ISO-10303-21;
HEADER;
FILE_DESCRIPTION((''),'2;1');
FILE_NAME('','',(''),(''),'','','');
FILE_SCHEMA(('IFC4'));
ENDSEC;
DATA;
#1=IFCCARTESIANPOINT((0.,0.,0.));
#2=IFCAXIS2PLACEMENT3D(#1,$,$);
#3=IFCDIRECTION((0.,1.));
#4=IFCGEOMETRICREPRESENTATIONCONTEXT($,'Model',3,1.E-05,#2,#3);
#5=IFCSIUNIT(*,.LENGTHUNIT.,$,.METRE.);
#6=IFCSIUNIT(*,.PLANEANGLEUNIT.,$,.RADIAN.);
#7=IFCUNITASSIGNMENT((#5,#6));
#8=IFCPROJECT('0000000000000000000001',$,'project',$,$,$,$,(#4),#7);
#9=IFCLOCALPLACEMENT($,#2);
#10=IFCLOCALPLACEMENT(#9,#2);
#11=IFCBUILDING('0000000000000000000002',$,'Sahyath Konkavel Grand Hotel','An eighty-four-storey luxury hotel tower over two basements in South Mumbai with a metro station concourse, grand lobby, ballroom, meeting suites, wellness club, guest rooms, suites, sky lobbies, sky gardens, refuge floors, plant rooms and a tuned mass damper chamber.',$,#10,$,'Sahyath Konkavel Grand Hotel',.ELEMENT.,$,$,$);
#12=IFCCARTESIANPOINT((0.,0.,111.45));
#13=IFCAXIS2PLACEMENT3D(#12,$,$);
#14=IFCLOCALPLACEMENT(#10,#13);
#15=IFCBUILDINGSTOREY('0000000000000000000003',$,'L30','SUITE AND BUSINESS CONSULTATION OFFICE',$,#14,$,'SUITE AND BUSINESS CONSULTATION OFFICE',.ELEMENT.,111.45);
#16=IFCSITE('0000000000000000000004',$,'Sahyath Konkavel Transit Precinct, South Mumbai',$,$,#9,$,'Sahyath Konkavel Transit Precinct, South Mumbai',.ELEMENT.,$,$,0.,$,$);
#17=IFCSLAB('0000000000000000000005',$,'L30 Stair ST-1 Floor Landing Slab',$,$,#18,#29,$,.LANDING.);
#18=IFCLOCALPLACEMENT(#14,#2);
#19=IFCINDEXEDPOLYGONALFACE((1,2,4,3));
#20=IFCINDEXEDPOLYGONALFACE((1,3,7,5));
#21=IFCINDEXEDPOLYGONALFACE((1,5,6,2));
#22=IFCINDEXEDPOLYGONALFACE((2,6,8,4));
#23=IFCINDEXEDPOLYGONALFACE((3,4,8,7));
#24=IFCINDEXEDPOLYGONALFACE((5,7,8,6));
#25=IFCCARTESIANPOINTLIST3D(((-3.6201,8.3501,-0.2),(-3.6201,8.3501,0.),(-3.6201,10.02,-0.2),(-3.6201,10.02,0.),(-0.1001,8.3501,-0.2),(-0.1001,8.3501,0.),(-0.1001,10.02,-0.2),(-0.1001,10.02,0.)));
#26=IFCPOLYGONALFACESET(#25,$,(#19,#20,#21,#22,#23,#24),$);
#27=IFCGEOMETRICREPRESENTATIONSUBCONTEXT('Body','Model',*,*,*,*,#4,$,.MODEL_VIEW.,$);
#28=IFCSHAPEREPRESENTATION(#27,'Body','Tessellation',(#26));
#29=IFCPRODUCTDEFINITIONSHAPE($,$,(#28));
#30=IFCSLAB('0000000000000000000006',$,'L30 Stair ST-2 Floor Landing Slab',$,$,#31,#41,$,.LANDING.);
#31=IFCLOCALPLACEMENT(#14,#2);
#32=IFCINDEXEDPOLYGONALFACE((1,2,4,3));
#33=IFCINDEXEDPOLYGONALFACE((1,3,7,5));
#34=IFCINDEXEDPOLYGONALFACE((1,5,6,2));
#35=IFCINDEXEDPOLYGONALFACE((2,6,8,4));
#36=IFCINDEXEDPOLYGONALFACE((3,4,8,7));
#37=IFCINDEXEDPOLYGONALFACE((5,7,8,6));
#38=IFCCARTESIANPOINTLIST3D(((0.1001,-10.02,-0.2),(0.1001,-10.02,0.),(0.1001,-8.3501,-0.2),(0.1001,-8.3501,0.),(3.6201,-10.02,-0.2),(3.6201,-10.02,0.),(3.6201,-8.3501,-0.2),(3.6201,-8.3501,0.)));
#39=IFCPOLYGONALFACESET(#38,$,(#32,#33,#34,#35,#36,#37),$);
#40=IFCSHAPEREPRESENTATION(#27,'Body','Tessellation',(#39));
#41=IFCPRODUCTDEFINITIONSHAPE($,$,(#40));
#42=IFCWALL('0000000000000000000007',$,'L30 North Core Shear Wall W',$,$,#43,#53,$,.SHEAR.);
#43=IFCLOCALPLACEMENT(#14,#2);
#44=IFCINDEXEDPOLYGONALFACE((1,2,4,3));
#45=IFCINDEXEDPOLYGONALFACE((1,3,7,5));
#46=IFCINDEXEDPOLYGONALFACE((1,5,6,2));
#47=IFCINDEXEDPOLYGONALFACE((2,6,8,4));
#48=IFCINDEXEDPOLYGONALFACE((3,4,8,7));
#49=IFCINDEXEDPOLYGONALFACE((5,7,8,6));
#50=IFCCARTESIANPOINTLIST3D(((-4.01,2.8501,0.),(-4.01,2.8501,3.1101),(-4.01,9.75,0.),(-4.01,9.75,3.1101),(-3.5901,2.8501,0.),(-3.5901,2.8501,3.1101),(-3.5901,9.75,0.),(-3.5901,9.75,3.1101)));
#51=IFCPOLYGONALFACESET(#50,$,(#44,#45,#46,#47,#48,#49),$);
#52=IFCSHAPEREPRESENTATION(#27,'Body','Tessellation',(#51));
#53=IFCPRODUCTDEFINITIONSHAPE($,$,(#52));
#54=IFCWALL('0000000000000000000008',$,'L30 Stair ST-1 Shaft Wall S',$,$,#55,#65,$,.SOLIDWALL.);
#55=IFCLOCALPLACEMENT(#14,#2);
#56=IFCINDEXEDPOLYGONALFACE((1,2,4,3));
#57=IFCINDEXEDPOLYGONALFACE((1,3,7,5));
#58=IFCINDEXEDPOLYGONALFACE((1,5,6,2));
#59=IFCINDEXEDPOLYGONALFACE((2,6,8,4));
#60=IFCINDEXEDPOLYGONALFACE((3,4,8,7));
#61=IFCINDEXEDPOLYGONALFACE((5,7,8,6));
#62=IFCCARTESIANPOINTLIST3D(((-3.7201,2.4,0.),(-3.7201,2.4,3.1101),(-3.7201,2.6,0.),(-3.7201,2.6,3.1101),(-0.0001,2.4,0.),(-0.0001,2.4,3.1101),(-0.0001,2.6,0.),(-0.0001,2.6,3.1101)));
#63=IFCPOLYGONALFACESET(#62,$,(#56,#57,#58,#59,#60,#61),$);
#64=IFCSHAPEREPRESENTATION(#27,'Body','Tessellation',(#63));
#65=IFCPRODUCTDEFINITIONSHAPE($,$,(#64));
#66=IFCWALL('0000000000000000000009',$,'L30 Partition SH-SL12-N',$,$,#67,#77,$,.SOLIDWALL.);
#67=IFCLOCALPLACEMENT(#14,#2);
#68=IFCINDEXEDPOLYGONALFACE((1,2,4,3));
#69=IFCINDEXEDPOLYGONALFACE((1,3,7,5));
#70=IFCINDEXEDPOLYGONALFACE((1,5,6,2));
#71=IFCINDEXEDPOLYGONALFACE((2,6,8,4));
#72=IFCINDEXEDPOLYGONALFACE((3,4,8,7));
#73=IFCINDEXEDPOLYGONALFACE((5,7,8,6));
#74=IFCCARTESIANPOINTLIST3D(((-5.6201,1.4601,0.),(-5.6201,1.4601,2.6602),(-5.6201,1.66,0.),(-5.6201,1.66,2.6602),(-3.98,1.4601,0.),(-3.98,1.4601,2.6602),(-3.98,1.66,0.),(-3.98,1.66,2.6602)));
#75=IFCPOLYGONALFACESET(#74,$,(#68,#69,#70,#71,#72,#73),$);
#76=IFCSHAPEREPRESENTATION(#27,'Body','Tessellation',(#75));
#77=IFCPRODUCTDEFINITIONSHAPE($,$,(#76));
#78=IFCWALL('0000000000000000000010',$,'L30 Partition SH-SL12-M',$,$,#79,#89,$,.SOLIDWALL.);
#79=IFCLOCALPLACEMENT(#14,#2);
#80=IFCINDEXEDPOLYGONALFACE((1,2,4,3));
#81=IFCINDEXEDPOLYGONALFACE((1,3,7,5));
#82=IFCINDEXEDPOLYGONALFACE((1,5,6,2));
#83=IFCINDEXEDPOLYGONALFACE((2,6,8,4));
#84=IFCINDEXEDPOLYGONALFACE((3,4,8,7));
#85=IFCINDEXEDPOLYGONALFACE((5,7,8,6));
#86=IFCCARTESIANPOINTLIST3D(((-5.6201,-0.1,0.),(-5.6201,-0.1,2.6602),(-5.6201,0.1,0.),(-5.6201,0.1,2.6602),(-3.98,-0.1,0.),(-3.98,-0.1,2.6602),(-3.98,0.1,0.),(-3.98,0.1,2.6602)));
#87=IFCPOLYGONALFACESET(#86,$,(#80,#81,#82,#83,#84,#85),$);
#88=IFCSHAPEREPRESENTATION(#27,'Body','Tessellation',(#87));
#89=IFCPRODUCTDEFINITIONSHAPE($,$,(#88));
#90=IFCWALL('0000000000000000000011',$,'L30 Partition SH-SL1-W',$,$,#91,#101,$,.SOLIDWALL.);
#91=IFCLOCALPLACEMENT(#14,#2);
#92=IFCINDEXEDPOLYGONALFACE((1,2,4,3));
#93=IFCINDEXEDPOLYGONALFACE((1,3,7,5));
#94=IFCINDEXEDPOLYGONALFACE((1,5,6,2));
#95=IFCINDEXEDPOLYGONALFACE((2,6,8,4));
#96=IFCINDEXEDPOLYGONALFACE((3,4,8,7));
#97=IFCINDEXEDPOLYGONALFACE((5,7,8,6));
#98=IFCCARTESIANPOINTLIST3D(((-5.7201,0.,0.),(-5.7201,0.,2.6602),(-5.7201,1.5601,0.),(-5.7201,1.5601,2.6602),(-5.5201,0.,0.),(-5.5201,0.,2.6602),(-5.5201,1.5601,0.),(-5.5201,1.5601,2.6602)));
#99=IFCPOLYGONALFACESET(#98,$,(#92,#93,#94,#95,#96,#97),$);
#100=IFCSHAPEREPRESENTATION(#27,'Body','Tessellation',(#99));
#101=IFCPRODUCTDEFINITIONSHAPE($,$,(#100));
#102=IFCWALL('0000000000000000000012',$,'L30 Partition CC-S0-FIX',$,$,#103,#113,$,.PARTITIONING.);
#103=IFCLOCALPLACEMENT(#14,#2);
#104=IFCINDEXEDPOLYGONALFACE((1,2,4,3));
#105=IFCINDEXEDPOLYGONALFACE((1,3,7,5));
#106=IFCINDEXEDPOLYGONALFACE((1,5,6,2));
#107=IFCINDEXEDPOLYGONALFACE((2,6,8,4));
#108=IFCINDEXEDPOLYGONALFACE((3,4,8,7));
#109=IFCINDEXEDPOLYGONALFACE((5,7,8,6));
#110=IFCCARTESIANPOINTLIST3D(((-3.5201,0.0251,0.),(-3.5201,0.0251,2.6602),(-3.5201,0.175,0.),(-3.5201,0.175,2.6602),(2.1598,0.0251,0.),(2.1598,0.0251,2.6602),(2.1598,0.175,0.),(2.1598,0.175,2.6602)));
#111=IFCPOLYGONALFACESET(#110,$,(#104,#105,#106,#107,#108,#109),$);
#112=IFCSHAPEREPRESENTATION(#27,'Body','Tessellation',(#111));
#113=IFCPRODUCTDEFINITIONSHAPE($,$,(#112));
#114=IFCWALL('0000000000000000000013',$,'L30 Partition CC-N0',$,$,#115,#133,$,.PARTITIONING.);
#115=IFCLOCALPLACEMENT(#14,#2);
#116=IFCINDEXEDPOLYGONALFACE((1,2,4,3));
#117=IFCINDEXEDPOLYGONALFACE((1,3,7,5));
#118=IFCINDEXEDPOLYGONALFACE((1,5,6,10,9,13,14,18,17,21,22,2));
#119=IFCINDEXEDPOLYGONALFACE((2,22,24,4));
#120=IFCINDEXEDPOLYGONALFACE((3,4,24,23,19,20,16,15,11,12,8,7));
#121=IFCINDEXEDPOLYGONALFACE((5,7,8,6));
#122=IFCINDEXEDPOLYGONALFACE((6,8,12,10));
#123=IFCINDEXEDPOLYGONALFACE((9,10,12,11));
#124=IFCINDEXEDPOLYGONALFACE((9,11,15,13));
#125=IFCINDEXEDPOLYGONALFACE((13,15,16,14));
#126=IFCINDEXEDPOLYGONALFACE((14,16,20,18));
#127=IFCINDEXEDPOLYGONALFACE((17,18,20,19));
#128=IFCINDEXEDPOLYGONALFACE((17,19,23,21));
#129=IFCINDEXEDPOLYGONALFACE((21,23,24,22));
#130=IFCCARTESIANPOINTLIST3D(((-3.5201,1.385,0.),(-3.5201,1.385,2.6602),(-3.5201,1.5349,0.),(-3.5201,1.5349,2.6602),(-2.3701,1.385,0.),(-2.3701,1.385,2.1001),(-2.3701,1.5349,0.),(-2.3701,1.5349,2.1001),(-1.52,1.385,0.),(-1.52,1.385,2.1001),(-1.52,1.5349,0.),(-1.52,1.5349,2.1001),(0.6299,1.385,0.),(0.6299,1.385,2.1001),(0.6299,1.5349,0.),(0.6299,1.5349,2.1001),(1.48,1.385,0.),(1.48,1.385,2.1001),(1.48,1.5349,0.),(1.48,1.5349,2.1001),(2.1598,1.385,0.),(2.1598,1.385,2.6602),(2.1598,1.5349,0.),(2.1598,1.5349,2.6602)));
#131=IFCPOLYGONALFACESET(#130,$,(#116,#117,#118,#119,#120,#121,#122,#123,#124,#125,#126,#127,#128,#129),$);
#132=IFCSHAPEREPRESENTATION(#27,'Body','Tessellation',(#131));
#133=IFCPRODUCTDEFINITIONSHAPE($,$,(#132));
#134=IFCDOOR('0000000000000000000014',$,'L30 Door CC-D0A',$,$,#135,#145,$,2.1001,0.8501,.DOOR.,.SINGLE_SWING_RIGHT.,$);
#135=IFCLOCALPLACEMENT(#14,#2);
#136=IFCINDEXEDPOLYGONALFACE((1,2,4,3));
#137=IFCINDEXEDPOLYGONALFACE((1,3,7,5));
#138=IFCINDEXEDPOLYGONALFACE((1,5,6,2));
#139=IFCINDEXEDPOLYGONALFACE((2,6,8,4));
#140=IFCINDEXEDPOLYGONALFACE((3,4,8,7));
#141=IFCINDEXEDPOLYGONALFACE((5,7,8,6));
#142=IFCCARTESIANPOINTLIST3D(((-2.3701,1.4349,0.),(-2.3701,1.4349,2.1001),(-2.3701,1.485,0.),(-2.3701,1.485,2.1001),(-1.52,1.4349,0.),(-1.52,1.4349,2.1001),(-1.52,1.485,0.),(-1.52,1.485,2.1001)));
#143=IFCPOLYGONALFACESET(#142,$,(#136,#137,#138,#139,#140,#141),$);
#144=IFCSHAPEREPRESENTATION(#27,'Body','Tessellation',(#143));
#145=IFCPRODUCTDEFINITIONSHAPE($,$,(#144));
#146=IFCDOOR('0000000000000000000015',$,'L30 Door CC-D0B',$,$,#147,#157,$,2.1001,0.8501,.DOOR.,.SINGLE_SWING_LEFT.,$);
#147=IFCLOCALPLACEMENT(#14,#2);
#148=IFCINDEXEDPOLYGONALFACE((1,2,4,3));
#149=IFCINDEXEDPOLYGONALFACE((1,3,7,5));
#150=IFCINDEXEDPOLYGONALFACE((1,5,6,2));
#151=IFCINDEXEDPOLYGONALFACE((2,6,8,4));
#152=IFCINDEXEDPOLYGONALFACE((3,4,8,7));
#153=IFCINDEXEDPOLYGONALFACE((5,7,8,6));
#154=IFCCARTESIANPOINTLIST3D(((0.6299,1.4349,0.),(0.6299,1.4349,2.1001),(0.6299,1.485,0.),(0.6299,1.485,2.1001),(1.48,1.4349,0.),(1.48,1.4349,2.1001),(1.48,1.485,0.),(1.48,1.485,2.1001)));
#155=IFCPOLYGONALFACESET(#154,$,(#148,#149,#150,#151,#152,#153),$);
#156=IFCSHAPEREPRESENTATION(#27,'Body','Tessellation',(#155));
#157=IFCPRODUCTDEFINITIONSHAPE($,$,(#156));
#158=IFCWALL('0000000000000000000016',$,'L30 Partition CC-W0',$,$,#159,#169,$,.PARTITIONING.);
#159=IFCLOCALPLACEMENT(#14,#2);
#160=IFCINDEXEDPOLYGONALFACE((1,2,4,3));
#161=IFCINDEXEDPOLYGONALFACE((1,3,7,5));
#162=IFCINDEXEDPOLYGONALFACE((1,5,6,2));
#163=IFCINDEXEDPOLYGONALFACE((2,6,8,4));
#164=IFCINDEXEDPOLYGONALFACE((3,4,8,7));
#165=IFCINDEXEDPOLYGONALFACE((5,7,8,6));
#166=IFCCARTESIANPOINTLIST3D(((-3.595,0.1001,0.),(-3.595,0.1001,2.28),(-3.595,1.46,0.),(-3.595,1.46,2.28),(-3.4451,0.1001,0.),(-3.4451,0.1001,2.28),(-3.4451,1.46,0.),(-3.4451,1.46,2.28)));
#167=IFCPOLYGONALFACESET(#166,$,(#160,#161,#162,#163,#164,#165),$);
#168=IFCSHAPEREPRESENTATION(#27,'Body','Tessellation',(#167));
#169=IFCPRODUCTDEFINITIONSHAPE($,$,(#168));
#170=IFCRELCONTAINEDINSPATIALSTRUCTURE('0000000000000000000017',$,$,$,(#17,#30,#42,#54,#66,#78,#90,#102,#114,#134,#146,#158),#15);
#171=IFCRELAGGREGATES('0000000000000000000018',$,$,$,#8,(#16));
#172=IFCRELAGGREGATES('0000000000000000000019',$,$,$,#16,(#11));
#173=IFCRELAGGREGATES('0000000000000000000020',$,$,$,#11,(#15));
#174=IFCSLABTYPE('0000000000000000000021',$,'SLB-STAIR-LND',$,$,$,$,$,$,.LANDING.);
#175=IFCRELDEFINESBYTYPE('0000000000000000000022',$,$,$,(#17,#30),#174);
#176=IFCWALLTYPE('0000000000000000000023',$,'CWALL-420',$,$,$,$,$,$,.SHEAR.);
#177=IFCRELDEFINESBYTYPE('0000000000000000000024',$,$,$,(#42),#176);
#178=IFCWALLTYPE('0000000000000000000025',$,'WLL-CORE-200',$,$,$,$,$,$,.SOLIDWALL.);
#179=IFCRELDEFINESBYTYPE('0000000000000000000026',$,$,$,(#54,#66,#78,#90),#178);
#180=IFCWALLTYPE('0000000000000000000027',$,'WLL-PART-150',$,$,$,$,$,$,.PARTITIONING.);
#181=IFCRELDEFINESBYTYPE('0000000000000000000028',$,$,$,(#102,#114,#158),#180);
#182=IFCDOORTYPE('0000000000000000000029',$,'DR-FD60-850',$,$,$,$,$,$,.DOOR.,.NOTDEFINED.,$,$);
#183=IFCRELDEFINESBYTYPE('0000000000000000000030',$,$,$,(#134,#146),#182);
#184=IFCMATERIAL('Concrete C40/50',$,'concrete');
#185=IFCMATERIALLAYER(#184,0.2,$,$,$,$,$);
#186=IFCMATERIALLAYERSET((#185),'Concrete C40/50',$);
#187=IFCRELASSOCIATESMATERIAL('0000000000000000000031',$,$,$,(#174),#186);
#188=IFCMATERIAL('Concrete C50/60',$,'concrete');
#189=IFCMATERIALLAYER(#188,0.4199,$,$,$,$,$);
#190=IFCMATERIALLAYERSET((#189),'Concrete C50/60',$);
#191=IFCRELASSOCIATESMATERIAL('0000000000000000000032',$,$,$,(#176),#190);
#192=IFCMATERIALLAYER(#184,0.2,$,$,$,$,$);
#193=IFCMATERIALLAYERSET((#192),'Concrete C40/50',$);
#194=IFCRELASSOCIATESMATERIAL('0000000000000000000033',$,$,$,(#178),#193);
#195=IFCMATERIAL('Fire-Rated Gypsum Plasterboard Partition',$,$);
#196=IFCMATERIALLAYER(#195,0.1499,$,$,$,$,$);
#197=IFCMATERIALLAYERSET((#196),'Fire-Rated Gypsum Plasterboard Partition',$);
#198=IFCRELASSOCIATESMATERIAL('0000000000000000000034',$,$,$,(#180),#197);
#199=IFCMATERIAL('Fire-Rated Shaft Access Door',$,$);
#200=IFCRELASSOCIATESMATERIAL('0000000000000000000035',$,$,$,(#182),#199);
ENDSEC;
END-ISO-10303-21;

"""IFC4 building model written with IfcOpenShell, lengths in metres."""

from ifc_helpers import new_model, si_unit, direction, frame, frame_2d, origin, origin_2d, place, context, subcontext, project, spatial, polyline, rectangle, outline, extrude, source, transform, mapped, material, layer, layer_set, type_object, element, fill, save


model = new_model("IFC4")

# Units and contexts
model_context = context("Model", 3, precision=1e-05, world=origin(), true_north=direction((0.0, 1.0)))
body_context = subcontext(model_context, "Body", "Model", "MODEL_VIEW")
ifc_project = project(units=[si_unit("LENGTHUNIT", "METRE"), si_unit("PLANEANGLEUNIT", "RADIAN")], contexts=[model_context])

# Site, building, storey
site_placement = place(None, origin())
site = spatial("IfcSite", under=ifc_project, at=site_placement, Name="Sahyath Konkavel Transit Precinct, South Mumbai", LongName="Sahyath Konkavel Transit Precinct, South Mumbai", CompositionType="ELEMENT", RefElevation=0.0)
building_placement = place(site_placement, origin())
building = spatial("IfcBuilding", under=site, at=building_placement, Name="Sahyath Konkavel Grand Hotel", Description="An eighty-four-storey luxury hotel tower over two basements in South Mumbai with a metro station concourse, grand lobby, ballroom, meeting suites, wellness club, guest rooms, suites, sky lobbies, sky gardens, refuge floors, plant rooms and a tuned mass damper chamber.", LongName="Sahyath Konkavel Grand Hotel", CompositionType="ELEMENT")
storey_placement = place(building_placement, frame((0.0, 0.0, 111.45)))
storey = spatial("IfcBuildingStorey", under=building, at=storey_placement, Name="L30", Description="SUITE AND BUSINESS CONSULTATION OFFICE", LongName="SUITE AND BUSINESS CONSULTATION OFFICE", CompositionType="ELEMENT", Elevation=111.45)

# Shared definitions
ifc_material_1 = material(Name="Concrete C50/60", Category="concrete")

# Shared definitions
ifc_material_2 = material(Name="Concrete C40/50", Category="concrete")

# Shared definitions
ifc_layer_1 = layer(ifc_material_2, 0.2)
ifc_layer_set_1 = layer_set([ifc_layer_1], Name="Concrete C40/50")
slab_type_1 = type_object("IfcSlabType", Name="SLB-STAIR-LND", PredefinedType="LANDING", material=ifc_layer_set_1)

# Slabs
slab_1_placement = place(storey_placement, frame((0.0, 0.0, -0.2)))
element("IfcSlab", 1, at=slab_1_placement, inside=storey, type_object=slab_type_1, Name="L30 Stair ST-1 Floor Landing Slab", PredefinedType="LANDING", context=body_context, shape_type="SweptSolid", body=[
    extrude(outline(polyline([(-3.6201, 8.3501), (-0.1001, 8.3501), (-0.1001, 10.02), (-3.6201, 10.02), (-3.6201, 8.3501)])), origin(), (0.0, 0.0, 1.0), 0.2),
])
slab_2_placement = place(storey_placement, frame((0.0, 0.0, -0.2)))
element("IfcSlab", 2, at=slab_2_placement, inside=storey, type_object=slab_type_1, Name="L30 Stair ST-2 Floor Landing Slab", PredefinedType="LANDING", context=body_context, shape_type="SweptSolid", body=[
    extrude(outline(polyline([(0.1001, -10.02), (3.6201, -10.02), (3.6201, -8.3501), (0.1001, -8.3501), (0.1001, -10.02)])), origin(), (0.0, 0.0, 1.0), 0.2),
])

# Walls
ifc_layer_2 = layer(ifc_material_1, 0.4199)
ifc_layer_set_2 = layer_set([ifc_layer_2], Name="Concrete C50/60")
wall_type_1 = type_object("IfcWallType", Name="CWALL-420", PredefinedType="SHEAR", material=ifc_layer_set_2)
wall_1_placement = place(storey_placement, frame((-3.8, 2.8501, 0.0), z_axis=(0.0, 0.0, 1.0), x_axis=(0.0, 1.0, 0.0)))
element("IfcWall", 3, at=wall_1_placement, inside=storey, type_object=wall_type_1, Name="L30 North Core Shear Wall W", PredefinedType="SHEAR", context=body_context, shape_type="SweptSolid", body=[
    extrude(rectangle(XDim=6.8999, YDim=0.4199, at=frame_2d((3.45, 0.0))), origin(), (0.0, 0.0, 1.0), 3.1101),
])
ifc_layer_3 = layer(ifc_material_2, 0.2)
ifc_layer_set_3 = layer_set([ifc_layer_3], Name="Concrete C40/50")
wall_type_2 = type_object("IfcWallType", Name="WLL-CORE-200", PredefinedType="SOLIDWALL", material=ifc_layer_set_3)
wall_2_placement = place(storey_placement, frame((-3.72, 2.5, 0.0), z_axis=(0.0, 0.0, 1.0), x_axis=(1.0, 0.0, 0.0)))
element("IfcWall", 4, at=wall_2_placement, inside=storey, type_object=wall_type_2, Name="L30 Stair ST-1 Shaft Wall S", PredefinedType="SOLIDWALL", context=body_context, shape_type="SweptSolid", body=[
    extrude(rectangle(XDim=3.72, YDim=0.2, at=frame_2d((1.8599, 0.0))), origin(), (0.0, 0.0, 1.0), 3.1101),
])
for number, where, z_axis, x_axis, name in (
    (5, (-5.6201, 1.5601, 0.0), (0.0, 0.0, 1.0), (1.0, 0.0, 0.0), "L30 Partition SH-SL12-N"),
    (6, (-5.6201, 0.0, 0.0), (0.0, 0.0, 1.0), (1.0, 0.0, 0.0), "L30 Partition SH-SL12-M"),
):
    element("IfcWall", number, at=place(storey_placement, frame(where, z_axis=z_axis, x_axis=x_axis)), inside=storey, type_object=wall_type_2, Name=name, PredefinedType="SOLIDWALL", context=body_context, shape_type="SweptSolid", body=[
        extrude(rectangle(XDim=1.6401, YDim=0.2, at=frame_2d((0.8201, 0.0))), origin(), (0.0, 0.0, 1.0), 2.6602),
    ])
wall_3_placement = place(storey_placement, frame((-5.6201, 0.0, 0.0), z_axis=(0.0, 0.0, 1.0), x_axis=(0.0, 1.0, 0.0)))
element("IfcWall", 7, at=wall_3_placement, inside=storey, type_object=wall_type_2, Name="L30 Partition SH-SL1-W", PredefinedType="SOLIDWALL", context=body_context, shape_type="SweptSolid", body=[
    extrude(rectangle(XDim=1.5601, YDim=0.2, at=frame_2d((0.78, 0.0))), origin(), (0.0, 0.0, 1.0), 2.6602),
])
ifc_material_3 = material(Name="Fire-Rated Gypsum Plasterboard Partition")
ifc_layer_4 = layer(ifc_material_3, 0.1499)
ifc_layer_set_4 = layer_set([ifc_layer_4], Name="Fire-Rated Gypsum Plasterboard Partition")
wall_type_3 = type_object("IfcWallType", Name="WLL-PART-150", PredefinedType="PARTITIONING", material=ifc_layer_set_4)
wall_4_placement = place(storey_placement, frame((-3.52, 0.1001, 0.0), z_axis=(0.0, 0.0, 1.0), x_axis=(1.0, 0.0, 0.0)))
element("IfcWall", 8, at=wall_4_placement, inside=storey, type_object=wall_type_3, Name="L30 Partition CC-S0-FIX", PredefinedType="PARTITIONING", context=body_context, shape_type="SweptSolid", body=[
    extrude(rectangle(XDim=5.6799, YDim=0.1499, at=frame_2d((2.8398, 0.0))), origin(), (0.0, 0.0, 1.0), 2.6602),
])

# Wall, openings, doors
wall_5_placement = place(storey_placement, frame((-3.52, 1.46, 0.0), z_axis=(0.0, 0.0, 1.0), x_axis=(1.0, 0.0, 0.0)))
wall_5 = element("IfcWall", 9, at=wall_5_placement, inside=storey, type_object=wall_type_3, Name="L30 Partition CC-N0", PredefinedType="PARTITIONING", context=body_context, shape_type="SweptSolid", body=[
    extrude(rectangle(XDim=5.6799, YDim=0.1499, at=frame_2d((2.8398, 0.0))), origin(), (0.0, 0.0, 1.0), 2.6602),
])
opening_1_placement = place(wall_5_placement, frame((1.1499, 0.0, 0.0)))
opening_1 = element("IfcOpeningElement", 10, at=opening_1_placement, cuts=wall_5, PredefinedType="OPENING", context=body_context, shape_type="SweptSolid", body=[
    extrude(rectangle(XDim=0.8501, YDim=2.1001, at=frame_2d((0.425, 1.05))), frame((0.0, 0.085, 0.0), z_axis=(0.0, -1.0, 0.0), x_axis=(1.0, 0.0, 0.0)), (0.0, 0.0, 1.0), 0.1699),
])
opening_2_placement = place(wall_5_placement, frame((4.1499, 0.0, 0.0)))
opening_2 = element("IfcOpeningElement", 11, at=opening_2_placement, cuts=wall_5, PredefinedType="OPENING", context=body_context, shape_type="SweptSolid", body=[
    extrude(rectangle(XDim=0.8501, YDim=2.1001, at=frame_2d((0.425, 1.05))), frame((0.0, 0.085, 0.0), z_axis=(0.0, -1.0, 0.0), x_axis=(1.0, 0.0, 0.0)), (0.0, 0.0, 1.0), 0.1699),
])
ifc_material_4 = material(Name="Fire-Rated Shaft Access Door")
door_type = type_object("IfcDoorType", Name="DR-FD60-850", OperationType="NOTDEFINED", PredefinedType="DOOR", material=ifc_material_4)
shared_shape_1 = source(origin(), body_context, "Body", "SweptSolid", [
    extrude(rectangle(XDim=0.8501, YDim=0.05, at=origin_2d()), origin(), (0.0, 0.0, 1.0), 2.1001),
])
door_1_placement = place(opening_1_placement, frame((0.425, 0.0, 0.0)))
door_1 = element("IfcDoor", 12, at=door_1_placement, inside=storey, type_object=door_type, Name="L30 Door CC-D0A", OperationType="SINGLE_SWING_RIGHT", OverallHeight=2.1001, OverallWidth=0.8501, PredefinedType="DOOR", context=body_context, shape_type="MappedRepresentation", body=[
    mapped(shared_shape_1, transform((0.0, 0.0, 0.0), scale=1.0)),
])
fill(opening_1, door_1)
door_2_placement = place(opening_2_placement, frame((0.425, 0.0, 0.0)))
door_2 = element("IfcDoor", 13, at=door_2_placement, inside=storey, type_object=door_type, Name="L30 Door CC-D0B", OperationType="SINGLE_SWING_LEFT", OverallHeight=2.1001, OverallWidth=0.8501, PredefinedType="DOOR", context=body_context, shape_type="MappedRepresentation", body=[
    mapped(shared_shape_1, transform((0.0, 0.0, 0.0), scale=1.0)),
])
fill(opening_2, door_2)

# Wall
wall_6_placement = place(storey_placement, frame((-3.52, 0.1001, 0.0), z_axis=(0.0, 0.0, 1.0), x_axis=(0.0, 1.0, 0.0)))
element("IfcWall", 14, at=wall_6_placement, inside=storey, type_object=wall_type_3, Name="L30 Partition CC-W0", PredefinedType="PARTITIONING", context=body_context, shape_type="SweptSolid", body=[
    extrude(rectangle(XDim=1.3599, YDim=0.1499, at=frame_2d((0.6799, 0.0))), origin(), (0.0, 0.0, 1.0), 2.28),
])

save(model, "model.ifc")
